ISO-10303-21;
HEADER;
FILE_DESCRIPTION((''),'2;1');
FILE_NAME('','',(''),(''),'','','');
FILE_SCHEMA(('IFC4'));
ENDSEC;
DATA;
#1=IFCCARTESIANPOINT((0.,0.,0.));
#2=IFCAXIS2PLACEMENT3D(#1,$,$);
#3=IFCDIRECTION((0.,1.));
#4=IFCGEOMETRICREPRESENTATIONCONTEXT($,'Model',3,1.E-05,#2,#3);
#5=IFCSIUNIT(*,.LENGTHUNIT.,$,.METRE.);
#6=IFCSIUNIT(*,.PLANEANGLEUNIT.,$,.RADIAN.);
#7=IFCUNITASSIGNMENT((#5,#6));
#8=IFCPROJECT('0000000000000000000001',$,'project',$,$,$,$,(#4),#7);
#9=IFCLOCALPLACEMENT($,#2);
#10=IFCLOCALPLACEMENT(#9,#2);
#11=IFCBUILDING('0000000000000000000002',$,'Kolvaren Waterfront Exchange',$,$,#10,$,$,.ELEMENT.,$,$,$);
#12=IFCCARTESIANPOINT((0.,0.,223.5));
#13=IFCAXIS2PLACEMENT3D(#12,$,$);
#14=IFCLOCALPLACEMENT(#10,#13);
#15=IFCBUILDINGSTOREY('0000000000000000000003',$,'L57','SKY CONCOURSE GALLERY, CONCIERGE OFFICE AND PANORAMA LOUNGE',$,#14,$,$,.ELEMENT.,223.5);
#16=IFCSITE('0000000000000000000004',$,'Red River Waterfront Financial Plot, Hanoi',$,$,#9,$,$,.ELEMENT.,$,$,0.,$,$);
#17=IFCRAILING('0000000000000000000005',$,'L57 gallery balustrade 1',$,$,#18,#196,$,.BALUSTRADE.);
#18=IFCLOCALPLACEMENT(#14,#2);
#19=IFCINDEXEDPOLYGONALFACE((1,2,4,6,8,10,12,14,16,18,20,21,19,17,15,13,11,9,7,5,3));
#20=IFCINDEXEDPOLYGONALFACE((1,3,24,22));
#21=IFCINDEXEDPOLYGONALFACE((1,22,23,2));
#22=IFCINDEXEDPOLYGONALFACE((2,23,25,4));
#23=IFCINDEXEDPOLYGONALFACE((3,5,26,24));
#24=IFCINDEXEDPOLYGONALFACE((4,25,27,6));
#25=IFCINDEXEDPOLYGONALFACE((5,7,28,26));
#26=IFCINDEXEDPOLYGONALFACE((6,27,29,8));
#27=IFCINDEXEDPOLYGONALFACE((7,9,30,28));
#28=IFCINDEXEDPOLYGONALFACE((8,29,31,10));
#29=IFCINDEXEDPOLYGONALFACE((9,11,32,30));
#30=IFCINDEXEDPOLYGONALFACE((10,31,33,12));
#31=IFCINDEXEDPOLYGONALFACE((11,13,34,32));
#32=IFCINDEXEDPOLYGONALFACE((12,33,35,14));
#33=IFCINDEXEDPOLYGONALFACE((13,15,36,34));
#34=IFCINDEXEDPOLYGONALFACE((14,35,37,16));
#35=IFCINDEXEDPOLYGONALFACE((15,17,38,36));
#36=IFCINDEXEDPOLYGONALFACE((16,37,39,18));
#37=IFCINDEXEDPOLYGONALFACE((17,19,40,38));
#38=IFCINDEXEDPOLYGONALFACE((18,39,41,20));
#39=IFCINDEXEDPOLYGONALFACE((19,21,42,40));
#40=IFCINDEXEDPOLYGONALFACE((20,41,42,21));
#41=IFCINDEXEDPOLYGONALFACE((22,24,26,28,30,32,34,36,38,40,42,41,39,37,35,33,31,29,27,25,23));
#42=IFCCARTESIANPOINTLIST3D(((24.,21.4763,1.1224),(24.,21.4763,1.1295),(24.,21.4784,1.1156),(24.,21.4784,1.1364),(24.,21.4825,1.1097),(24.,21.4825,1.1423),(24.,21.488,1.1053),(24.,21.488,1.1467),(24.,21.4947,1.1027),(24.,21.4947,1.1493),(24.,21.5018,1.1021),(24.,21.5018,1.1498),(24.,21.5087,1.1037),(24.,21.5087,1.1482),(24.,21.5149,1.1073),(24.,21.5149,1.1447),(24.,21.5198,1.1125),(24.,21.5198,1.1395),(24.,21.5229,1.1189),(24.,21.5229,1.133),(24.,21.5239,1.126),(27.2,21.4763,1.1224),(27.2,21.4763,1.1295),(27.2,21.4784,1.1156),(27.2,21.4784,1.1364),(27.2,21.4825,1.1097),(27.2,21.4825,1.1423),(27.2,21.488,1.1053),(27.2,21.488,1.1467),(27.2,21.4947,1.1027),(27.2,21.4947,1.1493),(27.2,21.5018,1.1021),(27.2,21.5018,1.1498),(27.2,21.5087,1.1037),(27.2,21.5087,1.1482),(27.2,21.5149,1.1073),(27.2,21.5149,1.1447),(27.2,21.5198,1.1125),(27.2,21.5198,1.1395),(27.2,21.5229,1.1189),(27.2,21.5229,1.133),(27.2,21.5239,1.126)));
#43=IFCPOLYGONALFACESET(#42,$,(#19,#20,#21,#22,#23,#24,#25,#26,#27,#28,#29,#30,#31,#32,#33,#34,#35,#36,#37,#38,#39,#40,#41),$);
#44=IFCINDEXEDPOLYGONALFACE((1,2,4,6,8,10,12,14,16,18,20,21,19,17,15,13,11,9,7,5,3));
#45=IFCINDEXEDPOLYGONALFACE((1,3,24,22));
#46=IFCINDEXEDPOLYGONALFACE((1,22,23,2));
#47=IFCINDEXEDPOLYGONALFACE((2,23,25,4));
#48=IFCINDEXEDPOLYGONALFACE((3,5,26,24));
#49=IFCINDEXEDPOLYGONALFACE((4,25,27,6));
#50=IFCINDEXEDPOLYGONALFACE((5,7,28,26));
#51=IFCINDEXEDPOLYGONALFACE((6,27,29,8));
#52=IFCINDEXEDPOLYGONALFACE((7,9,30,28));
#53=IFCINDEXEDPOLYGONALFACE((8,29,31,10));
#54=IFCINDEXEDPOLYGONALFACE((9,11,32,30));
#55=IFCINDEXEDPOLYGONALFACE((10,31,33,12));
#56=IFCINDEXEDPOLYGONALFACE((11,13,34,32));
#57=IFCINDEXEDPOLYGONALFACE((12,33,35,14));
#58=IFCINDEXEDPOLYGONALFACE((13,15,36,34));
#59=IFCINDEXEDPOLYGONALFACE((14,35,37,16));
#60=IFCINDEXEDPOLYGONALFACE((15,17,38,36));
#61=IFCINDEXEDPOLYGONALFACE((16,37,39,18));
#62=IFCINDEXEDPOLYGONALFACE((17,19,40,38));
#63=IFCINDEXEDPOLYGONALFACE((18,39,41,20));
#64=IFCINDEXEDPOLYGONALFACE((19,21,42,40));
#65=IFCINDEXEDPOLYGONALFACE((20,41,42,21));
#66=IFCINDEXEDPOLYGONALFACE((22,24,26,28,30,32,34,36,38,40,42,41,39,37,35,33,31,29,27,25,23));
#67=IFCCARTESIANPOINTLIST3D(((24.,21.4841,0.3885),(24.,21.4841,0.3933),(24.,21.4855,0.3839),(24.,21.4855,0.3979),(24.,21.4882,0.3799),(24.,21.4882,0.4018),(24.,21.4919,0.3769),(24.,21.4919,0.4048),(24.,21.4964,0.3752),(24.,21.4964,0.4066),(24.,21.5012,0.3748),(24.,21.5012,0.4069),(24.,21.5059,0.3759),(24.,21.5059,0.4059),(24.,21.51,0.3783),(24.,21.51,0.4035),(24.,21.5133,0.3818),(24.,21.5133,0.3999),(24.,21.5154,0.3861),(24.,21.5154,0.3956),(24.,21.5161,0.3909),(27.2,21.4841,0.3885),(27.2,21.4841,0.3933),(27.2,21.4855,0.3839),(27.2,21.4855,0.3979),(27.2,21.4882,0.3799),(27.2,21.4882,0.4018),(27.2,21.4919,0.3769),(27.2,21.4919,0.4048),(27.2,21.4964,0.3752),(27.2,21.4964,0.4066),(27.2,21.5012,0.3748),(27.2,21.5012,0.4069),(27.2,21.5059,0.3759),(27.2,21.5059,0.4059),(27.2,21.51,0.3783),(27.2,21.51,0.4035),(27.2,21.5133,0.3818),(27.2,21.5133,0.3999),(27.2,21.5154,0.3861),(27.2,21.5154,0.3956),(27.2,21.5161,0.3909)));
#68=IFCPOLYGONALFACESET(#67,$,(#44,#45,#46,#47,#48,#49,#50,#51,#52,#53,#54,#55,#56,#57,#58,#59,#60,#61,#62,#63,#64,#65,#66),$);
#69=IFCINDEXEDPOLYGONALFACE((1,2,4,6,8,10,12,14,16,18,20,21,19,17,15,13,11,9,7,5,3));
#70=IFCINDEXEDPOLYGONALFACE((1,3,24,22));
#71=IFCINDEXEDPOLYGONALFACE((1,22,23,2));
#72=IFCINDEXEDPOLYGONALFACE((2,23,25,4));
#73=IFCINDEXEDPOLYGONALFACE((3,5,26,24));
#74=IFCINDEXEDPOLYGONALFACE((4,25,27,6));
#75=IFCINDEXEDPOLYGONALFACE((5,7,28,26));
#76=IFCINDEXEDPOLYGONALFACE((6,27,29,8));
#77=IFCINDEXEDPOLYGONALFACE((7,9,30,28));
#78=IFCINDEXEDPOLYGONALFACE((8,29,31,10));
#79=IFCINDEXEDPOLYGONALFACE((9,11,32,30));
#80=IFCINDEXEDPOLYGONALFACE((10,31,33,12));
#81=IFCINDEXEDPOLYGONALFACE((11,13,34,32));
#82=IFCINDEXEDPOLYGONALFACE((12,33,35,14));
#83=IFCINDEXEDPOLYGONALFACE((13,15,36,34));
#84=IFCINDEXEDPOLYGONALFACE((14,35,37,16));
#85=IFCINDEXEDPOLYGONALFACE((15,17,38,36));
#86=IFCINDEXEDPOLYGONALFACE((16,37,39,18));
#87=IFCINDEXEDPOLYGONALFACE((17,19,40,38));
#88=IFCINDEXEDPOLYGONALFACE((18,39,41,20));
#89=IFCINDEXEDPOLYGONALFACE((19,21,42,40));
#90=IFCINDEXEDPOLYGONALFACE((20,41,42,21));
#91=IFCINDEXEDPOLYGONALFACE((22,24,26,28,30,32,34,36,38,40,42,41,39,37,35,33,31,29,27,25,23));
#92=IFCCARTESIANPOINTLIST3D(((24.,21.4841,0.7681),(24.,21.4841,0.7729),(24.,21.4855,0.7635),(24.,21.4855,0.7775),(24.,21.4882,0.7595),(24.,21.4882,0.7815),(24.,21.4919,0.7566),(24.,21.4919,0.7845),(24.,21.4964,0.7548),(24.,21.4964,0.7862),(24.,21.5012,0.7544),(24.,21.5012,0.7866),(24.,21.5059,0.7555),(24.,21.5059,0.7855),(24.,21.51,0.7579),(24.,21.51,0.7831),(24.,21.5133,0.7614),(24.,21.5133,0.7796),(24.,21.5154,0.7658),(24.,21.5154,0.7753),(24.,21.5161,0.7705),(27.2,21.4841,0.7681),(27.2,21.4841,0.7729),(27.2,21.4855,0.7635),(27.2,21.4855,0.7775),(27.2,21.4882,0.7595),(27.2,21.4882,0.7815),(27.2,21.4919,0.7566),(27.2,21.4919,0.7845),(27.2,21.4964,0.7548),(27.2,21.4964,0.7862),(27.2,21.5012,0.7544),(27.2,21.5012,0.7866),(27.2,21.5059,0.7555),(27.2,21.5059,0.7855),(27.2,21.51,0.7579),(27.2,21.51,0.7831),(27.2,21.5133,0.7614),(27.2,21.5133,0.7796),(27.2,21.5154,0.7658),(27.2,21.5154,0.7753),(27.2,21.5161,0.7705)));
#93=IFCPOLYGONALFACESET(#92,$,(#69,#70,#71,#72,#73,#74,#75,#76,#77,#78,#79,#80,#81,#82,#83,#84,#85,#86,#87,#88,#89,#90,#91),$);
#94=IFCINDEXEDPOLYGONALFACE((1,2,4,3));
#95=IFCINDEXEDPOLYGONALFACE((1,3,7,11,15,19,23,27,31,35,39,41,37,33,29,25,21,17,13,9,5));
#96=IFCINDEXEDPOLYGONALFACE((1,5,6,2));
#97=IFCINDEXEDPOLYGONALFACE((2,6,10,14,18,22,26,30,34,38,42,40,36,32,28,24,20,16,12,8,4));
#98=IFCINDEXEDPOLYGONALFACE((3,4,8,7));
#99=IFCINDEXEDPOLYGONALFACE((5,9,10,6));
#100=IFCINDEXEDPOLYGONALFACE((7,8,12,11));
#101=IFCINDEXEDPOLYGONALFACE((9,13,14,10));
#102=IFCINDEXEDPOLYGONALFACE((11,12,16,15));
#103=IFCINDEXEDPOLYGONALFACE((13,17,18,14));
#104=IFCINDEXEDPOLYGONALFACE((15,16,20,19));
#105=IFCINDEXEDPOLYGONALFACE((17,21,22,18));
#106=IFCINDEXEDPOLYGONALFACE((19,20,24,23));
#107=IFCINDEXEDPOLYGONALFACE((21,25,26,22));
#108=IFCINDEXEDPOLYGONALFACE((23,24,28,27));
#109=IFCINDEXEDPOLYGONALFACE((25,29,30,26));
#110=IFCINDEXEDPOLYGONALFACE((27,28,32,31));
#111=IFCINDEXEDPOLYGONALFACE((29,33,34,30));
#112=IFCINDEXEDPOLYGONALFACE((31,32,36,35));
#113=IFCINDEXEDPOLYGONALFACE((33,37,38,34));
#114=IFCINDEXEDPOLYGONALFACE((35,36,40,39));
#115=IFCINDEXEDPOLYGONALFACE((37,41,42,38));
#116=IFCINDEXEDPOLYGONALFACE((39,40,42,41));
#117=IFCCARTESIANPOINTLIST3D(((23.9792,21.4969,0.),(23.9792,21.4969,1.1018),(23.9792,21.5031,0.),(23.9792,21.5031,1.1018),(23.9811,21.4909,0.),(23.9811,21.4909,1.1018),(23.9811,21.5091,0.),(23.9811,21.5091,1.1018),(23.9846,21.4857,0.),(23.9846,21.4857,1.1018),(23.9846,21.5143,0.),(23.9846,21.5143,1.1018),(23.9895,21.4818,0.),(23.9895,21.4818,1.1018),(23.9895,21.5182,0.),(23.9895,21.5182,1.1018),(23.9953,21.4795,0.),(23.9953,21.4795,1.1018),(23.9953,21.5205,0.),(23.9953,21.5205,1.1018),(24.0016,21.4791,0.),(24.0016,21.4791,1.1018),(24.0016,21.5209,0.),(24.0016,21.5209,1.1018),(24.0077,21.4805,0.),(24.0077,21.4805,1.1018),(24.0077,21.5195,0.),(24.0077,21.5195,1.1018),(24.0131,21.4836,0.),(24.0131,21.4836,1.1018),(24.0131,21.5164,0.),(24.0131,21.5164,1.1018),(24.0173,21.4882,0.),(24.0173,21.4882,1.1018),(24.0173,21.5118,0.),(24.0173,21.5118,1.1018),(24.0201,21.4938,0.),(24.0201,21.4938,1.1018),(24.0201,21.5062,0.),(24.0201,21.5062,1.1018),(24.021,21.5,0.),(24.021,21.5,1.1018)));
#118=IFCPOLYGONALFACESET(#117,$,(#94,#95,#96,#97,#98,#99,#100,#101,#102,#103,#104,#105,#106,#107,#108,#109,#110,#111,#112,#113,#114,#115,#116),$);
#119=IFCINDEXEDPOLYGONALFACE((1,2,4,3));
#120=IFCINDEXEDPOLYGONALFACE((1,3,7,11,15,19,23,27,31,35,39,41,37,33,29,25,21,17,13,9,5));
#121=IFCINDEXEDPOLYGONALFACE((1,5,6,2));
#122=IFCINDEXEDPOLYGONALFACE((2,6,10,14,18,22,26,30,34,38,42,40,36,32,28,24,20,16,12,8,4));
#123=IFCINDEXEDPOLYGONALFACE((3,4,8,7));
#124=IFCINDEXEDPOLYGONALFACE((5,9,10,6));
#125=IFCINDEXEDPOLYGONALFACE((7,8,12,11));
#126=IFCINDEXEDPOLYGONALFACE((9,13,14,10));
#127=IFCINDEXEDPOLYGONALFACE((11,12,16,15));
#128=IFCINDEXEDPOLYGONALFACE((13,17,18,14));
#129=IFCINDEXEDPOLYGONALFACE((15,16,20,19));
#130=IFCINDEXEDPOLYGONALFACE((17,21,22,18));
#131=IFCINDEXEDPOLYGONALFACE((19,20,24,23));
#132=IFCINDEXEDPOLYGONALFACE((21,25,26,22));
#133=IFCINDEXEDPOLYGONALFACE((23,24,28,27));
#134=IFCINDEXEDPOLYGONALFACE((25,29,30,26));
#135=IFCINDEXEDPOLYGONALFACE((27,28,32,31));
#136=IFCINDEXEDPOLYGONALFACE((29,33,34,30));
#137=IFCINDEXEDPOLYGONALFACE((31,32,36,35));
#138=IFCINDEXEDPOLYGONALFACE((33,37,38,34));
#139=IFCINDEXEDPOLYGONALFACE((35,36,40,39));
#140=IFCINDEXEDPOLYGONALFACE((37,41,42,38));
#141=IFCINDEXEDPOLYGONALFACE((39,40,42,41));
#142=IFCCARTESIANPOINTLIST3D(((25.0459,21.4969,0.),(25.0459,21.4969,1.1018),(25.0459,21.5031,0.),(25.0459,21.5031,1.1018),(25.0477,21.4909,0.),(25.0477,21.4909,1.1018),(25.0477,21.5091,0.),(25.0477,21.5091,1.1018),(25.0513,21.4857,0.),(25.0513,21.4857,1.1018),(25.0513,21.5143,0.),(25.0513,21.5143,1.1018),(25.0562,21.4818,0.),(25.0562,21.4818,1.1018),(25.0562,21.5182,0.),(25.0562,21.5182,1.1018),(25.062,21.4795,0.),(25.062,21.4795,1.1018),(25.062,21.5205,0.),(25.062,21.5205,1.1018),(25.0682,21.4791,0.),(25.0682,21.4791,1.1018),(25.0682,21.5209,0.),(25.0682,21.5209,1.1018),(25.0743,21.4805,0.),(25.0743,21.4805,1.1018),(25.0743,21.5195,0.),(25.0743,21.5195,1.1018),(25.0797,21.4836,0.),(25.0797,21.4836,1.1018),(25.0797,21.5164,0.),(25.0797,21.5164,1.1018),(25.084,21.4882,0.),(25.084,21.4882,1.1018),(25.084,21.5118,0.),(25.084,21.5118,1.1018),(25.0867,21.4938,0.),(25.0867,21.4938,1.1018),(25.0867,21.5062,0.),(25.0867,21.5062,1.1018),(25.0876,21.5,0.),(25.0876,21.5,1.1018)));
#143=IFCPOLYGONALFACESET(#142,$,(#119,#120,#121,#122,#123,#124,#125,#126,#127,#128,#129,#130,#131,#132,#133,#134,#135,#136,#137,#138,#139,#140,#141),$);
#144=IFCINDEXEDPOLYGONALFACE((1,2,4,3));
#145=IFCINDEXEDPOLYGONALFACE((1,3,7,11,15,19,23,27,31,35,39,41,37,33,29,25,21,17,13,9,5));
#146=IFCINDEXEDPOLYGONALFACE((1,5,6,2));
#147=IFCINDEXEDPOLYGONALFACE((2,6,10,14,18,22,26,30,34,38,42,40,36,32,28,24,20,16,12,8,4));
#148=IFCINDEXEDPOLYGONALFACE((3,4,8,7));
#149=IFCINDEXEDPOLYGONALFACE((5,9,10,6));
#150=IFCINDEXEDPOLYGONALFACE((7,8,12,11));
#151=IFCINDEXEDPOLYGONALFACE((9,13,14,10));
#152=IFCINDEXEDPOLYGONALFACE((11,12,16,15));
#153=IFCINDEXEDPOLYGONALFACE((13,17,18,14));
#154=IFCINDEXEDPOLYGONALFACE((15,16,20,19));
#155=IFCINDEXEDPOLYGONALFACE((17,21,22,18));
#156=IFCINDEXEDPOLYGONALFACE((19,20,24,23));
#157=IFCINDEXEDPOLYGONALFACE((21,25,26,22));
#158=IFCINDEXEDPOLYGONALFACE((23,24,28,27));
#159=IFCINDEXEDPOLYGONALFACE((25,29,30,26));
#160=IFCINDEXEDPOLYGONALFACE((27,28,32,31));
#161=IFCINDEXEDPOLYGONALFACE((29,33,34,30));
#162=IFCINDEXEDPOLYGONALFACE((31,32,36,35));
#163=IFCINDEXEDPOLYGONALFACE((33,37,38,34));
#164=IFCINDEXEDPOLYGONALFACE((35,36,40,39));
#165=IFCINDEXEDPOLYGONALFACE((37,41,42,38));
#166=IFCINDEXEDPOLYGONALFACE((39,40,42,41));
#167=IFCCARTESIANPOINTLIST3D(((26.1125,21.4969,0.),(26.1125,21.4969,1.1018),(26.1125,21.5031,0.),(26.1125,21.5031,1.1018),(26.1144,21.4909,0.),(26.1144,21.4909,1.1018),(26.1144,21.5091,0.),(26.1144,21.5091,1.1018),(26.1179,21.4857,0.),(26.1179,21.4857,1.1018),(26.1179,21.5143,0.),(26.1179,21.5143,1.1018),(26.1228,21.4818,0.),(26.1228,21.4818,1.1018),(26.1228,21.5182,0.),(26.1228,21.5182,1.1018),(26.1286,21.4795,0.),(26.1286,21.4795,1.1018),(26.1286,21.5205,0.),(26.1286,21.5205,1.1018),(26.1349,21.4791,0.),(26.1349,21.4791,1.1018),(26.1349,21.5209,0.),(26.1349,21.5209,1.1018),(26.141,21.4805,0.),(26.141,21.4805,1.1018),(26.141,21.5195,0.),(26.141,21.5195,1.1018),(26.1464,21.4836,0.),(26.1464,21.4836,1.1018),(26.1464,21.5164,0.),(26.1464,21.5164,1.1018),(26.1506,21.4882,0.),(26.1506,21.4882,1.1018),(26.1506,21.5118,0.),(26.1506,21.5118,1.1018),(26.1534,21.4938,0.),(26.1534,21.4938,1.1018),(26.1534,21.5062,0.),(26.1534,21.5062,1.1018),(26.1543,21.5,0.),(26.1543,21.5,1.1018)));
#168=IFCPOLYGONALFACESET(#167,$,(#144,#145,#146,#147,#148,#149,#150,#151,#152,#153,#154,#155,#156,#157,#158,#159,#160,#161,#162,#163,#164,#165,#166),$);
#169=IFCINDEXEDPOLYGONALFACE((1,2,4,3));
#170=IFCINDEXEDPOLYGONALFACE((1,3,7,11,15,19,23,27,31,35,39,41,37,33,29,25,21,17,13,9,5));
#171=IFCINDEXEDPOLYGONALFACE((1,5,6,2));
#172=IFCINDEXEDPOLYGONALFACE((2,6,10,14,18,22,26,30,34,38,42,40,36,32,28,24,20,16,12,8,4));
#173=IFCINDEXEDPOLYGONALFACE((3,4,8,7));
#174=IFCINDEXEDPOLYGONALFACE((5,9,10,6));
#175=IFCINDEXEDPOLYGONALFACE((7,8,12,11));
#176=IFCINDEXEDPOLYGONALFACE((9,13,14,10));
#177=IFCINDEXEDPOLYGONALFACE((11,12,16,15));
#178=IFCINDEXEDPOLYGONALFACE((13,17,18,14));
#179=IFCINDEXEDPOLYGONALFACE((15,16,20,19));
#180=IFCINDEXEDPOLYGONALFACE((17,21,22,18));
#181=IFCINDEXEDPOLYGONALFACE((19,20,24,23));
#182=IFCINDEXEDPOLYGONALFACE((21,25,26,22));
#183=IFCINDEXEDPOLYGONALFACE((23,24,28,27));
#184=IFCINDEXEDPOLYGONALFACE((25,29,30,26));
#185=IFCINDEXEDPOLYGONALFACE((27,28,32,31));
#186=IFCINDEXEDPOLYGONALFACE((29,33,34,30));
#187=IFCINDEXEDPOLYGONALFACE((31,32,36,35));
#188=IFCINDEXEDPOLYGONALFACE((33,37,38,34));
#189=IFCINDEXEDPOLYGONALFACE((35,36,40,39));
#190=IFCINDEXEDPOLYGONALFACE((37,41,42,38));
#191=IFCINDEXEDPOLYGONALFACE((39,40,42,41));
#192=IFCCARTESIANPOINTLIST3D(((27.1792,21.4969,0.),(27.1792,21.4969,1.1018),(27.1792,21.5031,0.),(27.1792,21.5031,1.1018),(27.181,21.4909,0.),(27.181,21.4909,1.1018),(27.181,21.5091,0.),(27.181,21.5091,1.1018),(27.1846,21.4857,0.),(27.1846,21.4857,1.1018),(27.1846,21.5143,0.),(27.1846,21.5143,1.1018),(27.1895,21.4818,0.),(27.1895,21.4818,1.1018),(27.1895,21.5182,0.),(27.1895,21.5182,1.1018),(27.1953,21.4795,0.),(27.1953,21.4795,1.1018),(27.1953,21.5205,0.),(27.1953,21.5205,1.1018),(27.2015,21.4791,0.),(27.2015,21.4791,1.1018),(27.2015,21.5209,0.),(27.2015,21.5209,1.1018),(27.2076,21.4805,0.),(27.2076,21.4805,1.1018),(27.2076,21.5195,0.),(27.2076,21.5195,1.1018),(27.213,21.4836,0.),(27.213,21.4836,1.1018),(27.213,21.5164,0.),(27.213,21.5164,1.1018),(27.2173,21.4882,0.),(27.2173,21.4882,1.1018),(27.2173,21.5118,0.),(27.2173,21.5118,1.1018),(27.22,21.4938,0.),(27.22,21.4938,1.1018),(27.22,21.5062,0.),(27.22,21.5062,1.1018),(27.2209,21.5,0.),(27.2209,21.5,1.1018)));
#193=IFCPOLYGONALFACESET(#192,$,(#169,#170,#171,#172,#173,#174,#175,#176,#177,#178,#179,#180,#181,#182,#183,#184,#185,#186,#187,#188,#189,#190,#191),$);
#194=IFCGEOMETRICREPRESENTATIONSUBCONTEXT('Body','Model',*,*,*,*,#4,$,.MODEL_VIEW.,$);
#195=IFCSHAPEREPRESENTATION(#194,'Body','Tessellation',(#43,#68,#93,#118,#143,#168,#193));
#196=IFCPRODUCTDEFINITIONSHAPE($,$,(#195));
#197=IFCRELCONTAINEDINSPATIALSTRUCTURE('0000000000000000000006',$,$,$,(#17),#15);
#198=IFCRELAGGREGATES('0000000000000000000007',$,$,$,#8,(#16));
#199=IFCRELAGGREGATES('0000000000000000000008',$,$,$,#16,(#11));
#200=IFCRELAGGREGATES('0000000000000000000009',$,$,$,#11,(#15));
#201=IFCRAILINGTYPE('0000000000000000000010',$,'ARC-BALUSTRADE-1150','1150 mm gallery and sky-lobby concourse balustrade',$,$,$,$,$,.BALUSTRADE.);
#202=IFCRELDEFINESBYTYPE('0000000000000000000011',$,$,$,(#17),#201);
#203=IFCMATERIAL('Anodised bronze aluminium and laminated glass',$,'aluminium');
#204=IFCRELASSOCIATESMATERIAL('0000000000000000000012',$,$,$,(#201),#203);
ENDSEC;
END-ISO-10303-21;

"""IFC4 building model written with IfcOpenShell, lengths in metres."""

from ifc_helpers import new_model, si_unit, direction, frame, origin, origin_2d, place, context, subcontext, project, spatial, circle, extrude, material, type_object, element, save


model = new_model("IFC4")

# Units and contexts
model_context = context("Model", 3, precision=1e-05, world=origin(), true_north=direction((0.0, 1.0)))
body_context = subcontext(model_context, "Body", "Model", "MODEL_VIEW")
ifc_project = project(units=[si_unit("LENGTHUNIT", "METRE"), si_unit("PLANEANGLEUNIT", "RADIAN")], contexts=[model_context])

# Site, building, storey
site_placement = place(None, origin())
site = spatial("IfcSite", under=ifc_project, at=site_placement, Name="Red River Waterfront Financial Plot, Hanoi", CompositionType="ELEMENT", RefElevation=0.0)
building_placement = place(site_placement, origin())
building = spatial("IfcBuilding", under=site, at=building_placement, Name="Kolvaren Waterfront Exchange", CompositionType="ELEMENT")
storey_placement = place(building_placement, frame((0.0, 0.0, 223.5)))
storey = spatial("IfcBuildingStorey", under=building, at=storey_placement, Name="L57", Description="SKY CONCOURSE GALLERY, CONCIERGE OFFICE AND PANORAMA LOUNGE", CompositionType="ELEMENT", Elevation=223.5)

# Railing
ifc_material_1 = material(Name="Anodised bronze aluminium and laminated glass", Category="aluminium")
railing_type_1 = type_object("IfcRailingType", Name="ARC-BALUSTRADE-1150", Description="1150 mm gallery and sky-lobby concourse balustrade", PredefinedType="BALUSTRADE", material=ifc_material_1)
for number, where, name in (
    (1, (24.0, 21.5, 0.0), "L57 gallery balustrade 1"),
):
    element("IfcRailing", number, at=place(storey_placement, frame(where)), inside=storey, type_object=railing_type_1, Name=name, PredefinedType="BALUSTRADE", context=body_context, shape_type="SweptSolid", body=[
        extrude(circle(Radius=0.0239, at=origin_2d()), frame((0.0, 0.0, 1.126), z_axis=(1.0, 0.0, 0.0), x_axis=(0.0, 1.0, 0.0)), (0.0, 0.0, 1.0), 3.2),
        extrude(circle(Radius=0.0161, at=origin_2d()), frame((0.0, 0.0, 0.3909), z_axis=(1.0, 0.0, 0.0), x_axis=(0.0, 1.0, 0.0)), (0.0, 0.0, 1.0), 3.2),
        extrude(circle(Radius=0.0161, at=origin_2d()), frame((0.0, 0.0, 0.7705), z_axis=(1.0, 0.0, 0.0), x_axis=(0.0, 1.0, 0.0)), (0.0, 0.0, 1.0), 3.2),
        extrude(circle(Radius=0.021, at=origin_2d()), origin(), (0.0, 0.0, 1.0), 1.1018),
        extrude(circle(Radius=0.021, at=origin_2d()), frame((1.0667, 0.0, 0.0)), (0.0, 0.0, 1.0), 1.1018),
        extrude(circle(Radius=0.021, at=origin_2d()), frame((2.1333, 0.0, 0.0)), (0.0, 0.0, 1.0), 1.1018),
        extrude(circle(Radius=0.021, at=origin_2d()), frame((3.2, 0.0, 0.0)), (0.0, 0.0, 1.0), 1.1018),
    ])

save(model, "model.ifc")
